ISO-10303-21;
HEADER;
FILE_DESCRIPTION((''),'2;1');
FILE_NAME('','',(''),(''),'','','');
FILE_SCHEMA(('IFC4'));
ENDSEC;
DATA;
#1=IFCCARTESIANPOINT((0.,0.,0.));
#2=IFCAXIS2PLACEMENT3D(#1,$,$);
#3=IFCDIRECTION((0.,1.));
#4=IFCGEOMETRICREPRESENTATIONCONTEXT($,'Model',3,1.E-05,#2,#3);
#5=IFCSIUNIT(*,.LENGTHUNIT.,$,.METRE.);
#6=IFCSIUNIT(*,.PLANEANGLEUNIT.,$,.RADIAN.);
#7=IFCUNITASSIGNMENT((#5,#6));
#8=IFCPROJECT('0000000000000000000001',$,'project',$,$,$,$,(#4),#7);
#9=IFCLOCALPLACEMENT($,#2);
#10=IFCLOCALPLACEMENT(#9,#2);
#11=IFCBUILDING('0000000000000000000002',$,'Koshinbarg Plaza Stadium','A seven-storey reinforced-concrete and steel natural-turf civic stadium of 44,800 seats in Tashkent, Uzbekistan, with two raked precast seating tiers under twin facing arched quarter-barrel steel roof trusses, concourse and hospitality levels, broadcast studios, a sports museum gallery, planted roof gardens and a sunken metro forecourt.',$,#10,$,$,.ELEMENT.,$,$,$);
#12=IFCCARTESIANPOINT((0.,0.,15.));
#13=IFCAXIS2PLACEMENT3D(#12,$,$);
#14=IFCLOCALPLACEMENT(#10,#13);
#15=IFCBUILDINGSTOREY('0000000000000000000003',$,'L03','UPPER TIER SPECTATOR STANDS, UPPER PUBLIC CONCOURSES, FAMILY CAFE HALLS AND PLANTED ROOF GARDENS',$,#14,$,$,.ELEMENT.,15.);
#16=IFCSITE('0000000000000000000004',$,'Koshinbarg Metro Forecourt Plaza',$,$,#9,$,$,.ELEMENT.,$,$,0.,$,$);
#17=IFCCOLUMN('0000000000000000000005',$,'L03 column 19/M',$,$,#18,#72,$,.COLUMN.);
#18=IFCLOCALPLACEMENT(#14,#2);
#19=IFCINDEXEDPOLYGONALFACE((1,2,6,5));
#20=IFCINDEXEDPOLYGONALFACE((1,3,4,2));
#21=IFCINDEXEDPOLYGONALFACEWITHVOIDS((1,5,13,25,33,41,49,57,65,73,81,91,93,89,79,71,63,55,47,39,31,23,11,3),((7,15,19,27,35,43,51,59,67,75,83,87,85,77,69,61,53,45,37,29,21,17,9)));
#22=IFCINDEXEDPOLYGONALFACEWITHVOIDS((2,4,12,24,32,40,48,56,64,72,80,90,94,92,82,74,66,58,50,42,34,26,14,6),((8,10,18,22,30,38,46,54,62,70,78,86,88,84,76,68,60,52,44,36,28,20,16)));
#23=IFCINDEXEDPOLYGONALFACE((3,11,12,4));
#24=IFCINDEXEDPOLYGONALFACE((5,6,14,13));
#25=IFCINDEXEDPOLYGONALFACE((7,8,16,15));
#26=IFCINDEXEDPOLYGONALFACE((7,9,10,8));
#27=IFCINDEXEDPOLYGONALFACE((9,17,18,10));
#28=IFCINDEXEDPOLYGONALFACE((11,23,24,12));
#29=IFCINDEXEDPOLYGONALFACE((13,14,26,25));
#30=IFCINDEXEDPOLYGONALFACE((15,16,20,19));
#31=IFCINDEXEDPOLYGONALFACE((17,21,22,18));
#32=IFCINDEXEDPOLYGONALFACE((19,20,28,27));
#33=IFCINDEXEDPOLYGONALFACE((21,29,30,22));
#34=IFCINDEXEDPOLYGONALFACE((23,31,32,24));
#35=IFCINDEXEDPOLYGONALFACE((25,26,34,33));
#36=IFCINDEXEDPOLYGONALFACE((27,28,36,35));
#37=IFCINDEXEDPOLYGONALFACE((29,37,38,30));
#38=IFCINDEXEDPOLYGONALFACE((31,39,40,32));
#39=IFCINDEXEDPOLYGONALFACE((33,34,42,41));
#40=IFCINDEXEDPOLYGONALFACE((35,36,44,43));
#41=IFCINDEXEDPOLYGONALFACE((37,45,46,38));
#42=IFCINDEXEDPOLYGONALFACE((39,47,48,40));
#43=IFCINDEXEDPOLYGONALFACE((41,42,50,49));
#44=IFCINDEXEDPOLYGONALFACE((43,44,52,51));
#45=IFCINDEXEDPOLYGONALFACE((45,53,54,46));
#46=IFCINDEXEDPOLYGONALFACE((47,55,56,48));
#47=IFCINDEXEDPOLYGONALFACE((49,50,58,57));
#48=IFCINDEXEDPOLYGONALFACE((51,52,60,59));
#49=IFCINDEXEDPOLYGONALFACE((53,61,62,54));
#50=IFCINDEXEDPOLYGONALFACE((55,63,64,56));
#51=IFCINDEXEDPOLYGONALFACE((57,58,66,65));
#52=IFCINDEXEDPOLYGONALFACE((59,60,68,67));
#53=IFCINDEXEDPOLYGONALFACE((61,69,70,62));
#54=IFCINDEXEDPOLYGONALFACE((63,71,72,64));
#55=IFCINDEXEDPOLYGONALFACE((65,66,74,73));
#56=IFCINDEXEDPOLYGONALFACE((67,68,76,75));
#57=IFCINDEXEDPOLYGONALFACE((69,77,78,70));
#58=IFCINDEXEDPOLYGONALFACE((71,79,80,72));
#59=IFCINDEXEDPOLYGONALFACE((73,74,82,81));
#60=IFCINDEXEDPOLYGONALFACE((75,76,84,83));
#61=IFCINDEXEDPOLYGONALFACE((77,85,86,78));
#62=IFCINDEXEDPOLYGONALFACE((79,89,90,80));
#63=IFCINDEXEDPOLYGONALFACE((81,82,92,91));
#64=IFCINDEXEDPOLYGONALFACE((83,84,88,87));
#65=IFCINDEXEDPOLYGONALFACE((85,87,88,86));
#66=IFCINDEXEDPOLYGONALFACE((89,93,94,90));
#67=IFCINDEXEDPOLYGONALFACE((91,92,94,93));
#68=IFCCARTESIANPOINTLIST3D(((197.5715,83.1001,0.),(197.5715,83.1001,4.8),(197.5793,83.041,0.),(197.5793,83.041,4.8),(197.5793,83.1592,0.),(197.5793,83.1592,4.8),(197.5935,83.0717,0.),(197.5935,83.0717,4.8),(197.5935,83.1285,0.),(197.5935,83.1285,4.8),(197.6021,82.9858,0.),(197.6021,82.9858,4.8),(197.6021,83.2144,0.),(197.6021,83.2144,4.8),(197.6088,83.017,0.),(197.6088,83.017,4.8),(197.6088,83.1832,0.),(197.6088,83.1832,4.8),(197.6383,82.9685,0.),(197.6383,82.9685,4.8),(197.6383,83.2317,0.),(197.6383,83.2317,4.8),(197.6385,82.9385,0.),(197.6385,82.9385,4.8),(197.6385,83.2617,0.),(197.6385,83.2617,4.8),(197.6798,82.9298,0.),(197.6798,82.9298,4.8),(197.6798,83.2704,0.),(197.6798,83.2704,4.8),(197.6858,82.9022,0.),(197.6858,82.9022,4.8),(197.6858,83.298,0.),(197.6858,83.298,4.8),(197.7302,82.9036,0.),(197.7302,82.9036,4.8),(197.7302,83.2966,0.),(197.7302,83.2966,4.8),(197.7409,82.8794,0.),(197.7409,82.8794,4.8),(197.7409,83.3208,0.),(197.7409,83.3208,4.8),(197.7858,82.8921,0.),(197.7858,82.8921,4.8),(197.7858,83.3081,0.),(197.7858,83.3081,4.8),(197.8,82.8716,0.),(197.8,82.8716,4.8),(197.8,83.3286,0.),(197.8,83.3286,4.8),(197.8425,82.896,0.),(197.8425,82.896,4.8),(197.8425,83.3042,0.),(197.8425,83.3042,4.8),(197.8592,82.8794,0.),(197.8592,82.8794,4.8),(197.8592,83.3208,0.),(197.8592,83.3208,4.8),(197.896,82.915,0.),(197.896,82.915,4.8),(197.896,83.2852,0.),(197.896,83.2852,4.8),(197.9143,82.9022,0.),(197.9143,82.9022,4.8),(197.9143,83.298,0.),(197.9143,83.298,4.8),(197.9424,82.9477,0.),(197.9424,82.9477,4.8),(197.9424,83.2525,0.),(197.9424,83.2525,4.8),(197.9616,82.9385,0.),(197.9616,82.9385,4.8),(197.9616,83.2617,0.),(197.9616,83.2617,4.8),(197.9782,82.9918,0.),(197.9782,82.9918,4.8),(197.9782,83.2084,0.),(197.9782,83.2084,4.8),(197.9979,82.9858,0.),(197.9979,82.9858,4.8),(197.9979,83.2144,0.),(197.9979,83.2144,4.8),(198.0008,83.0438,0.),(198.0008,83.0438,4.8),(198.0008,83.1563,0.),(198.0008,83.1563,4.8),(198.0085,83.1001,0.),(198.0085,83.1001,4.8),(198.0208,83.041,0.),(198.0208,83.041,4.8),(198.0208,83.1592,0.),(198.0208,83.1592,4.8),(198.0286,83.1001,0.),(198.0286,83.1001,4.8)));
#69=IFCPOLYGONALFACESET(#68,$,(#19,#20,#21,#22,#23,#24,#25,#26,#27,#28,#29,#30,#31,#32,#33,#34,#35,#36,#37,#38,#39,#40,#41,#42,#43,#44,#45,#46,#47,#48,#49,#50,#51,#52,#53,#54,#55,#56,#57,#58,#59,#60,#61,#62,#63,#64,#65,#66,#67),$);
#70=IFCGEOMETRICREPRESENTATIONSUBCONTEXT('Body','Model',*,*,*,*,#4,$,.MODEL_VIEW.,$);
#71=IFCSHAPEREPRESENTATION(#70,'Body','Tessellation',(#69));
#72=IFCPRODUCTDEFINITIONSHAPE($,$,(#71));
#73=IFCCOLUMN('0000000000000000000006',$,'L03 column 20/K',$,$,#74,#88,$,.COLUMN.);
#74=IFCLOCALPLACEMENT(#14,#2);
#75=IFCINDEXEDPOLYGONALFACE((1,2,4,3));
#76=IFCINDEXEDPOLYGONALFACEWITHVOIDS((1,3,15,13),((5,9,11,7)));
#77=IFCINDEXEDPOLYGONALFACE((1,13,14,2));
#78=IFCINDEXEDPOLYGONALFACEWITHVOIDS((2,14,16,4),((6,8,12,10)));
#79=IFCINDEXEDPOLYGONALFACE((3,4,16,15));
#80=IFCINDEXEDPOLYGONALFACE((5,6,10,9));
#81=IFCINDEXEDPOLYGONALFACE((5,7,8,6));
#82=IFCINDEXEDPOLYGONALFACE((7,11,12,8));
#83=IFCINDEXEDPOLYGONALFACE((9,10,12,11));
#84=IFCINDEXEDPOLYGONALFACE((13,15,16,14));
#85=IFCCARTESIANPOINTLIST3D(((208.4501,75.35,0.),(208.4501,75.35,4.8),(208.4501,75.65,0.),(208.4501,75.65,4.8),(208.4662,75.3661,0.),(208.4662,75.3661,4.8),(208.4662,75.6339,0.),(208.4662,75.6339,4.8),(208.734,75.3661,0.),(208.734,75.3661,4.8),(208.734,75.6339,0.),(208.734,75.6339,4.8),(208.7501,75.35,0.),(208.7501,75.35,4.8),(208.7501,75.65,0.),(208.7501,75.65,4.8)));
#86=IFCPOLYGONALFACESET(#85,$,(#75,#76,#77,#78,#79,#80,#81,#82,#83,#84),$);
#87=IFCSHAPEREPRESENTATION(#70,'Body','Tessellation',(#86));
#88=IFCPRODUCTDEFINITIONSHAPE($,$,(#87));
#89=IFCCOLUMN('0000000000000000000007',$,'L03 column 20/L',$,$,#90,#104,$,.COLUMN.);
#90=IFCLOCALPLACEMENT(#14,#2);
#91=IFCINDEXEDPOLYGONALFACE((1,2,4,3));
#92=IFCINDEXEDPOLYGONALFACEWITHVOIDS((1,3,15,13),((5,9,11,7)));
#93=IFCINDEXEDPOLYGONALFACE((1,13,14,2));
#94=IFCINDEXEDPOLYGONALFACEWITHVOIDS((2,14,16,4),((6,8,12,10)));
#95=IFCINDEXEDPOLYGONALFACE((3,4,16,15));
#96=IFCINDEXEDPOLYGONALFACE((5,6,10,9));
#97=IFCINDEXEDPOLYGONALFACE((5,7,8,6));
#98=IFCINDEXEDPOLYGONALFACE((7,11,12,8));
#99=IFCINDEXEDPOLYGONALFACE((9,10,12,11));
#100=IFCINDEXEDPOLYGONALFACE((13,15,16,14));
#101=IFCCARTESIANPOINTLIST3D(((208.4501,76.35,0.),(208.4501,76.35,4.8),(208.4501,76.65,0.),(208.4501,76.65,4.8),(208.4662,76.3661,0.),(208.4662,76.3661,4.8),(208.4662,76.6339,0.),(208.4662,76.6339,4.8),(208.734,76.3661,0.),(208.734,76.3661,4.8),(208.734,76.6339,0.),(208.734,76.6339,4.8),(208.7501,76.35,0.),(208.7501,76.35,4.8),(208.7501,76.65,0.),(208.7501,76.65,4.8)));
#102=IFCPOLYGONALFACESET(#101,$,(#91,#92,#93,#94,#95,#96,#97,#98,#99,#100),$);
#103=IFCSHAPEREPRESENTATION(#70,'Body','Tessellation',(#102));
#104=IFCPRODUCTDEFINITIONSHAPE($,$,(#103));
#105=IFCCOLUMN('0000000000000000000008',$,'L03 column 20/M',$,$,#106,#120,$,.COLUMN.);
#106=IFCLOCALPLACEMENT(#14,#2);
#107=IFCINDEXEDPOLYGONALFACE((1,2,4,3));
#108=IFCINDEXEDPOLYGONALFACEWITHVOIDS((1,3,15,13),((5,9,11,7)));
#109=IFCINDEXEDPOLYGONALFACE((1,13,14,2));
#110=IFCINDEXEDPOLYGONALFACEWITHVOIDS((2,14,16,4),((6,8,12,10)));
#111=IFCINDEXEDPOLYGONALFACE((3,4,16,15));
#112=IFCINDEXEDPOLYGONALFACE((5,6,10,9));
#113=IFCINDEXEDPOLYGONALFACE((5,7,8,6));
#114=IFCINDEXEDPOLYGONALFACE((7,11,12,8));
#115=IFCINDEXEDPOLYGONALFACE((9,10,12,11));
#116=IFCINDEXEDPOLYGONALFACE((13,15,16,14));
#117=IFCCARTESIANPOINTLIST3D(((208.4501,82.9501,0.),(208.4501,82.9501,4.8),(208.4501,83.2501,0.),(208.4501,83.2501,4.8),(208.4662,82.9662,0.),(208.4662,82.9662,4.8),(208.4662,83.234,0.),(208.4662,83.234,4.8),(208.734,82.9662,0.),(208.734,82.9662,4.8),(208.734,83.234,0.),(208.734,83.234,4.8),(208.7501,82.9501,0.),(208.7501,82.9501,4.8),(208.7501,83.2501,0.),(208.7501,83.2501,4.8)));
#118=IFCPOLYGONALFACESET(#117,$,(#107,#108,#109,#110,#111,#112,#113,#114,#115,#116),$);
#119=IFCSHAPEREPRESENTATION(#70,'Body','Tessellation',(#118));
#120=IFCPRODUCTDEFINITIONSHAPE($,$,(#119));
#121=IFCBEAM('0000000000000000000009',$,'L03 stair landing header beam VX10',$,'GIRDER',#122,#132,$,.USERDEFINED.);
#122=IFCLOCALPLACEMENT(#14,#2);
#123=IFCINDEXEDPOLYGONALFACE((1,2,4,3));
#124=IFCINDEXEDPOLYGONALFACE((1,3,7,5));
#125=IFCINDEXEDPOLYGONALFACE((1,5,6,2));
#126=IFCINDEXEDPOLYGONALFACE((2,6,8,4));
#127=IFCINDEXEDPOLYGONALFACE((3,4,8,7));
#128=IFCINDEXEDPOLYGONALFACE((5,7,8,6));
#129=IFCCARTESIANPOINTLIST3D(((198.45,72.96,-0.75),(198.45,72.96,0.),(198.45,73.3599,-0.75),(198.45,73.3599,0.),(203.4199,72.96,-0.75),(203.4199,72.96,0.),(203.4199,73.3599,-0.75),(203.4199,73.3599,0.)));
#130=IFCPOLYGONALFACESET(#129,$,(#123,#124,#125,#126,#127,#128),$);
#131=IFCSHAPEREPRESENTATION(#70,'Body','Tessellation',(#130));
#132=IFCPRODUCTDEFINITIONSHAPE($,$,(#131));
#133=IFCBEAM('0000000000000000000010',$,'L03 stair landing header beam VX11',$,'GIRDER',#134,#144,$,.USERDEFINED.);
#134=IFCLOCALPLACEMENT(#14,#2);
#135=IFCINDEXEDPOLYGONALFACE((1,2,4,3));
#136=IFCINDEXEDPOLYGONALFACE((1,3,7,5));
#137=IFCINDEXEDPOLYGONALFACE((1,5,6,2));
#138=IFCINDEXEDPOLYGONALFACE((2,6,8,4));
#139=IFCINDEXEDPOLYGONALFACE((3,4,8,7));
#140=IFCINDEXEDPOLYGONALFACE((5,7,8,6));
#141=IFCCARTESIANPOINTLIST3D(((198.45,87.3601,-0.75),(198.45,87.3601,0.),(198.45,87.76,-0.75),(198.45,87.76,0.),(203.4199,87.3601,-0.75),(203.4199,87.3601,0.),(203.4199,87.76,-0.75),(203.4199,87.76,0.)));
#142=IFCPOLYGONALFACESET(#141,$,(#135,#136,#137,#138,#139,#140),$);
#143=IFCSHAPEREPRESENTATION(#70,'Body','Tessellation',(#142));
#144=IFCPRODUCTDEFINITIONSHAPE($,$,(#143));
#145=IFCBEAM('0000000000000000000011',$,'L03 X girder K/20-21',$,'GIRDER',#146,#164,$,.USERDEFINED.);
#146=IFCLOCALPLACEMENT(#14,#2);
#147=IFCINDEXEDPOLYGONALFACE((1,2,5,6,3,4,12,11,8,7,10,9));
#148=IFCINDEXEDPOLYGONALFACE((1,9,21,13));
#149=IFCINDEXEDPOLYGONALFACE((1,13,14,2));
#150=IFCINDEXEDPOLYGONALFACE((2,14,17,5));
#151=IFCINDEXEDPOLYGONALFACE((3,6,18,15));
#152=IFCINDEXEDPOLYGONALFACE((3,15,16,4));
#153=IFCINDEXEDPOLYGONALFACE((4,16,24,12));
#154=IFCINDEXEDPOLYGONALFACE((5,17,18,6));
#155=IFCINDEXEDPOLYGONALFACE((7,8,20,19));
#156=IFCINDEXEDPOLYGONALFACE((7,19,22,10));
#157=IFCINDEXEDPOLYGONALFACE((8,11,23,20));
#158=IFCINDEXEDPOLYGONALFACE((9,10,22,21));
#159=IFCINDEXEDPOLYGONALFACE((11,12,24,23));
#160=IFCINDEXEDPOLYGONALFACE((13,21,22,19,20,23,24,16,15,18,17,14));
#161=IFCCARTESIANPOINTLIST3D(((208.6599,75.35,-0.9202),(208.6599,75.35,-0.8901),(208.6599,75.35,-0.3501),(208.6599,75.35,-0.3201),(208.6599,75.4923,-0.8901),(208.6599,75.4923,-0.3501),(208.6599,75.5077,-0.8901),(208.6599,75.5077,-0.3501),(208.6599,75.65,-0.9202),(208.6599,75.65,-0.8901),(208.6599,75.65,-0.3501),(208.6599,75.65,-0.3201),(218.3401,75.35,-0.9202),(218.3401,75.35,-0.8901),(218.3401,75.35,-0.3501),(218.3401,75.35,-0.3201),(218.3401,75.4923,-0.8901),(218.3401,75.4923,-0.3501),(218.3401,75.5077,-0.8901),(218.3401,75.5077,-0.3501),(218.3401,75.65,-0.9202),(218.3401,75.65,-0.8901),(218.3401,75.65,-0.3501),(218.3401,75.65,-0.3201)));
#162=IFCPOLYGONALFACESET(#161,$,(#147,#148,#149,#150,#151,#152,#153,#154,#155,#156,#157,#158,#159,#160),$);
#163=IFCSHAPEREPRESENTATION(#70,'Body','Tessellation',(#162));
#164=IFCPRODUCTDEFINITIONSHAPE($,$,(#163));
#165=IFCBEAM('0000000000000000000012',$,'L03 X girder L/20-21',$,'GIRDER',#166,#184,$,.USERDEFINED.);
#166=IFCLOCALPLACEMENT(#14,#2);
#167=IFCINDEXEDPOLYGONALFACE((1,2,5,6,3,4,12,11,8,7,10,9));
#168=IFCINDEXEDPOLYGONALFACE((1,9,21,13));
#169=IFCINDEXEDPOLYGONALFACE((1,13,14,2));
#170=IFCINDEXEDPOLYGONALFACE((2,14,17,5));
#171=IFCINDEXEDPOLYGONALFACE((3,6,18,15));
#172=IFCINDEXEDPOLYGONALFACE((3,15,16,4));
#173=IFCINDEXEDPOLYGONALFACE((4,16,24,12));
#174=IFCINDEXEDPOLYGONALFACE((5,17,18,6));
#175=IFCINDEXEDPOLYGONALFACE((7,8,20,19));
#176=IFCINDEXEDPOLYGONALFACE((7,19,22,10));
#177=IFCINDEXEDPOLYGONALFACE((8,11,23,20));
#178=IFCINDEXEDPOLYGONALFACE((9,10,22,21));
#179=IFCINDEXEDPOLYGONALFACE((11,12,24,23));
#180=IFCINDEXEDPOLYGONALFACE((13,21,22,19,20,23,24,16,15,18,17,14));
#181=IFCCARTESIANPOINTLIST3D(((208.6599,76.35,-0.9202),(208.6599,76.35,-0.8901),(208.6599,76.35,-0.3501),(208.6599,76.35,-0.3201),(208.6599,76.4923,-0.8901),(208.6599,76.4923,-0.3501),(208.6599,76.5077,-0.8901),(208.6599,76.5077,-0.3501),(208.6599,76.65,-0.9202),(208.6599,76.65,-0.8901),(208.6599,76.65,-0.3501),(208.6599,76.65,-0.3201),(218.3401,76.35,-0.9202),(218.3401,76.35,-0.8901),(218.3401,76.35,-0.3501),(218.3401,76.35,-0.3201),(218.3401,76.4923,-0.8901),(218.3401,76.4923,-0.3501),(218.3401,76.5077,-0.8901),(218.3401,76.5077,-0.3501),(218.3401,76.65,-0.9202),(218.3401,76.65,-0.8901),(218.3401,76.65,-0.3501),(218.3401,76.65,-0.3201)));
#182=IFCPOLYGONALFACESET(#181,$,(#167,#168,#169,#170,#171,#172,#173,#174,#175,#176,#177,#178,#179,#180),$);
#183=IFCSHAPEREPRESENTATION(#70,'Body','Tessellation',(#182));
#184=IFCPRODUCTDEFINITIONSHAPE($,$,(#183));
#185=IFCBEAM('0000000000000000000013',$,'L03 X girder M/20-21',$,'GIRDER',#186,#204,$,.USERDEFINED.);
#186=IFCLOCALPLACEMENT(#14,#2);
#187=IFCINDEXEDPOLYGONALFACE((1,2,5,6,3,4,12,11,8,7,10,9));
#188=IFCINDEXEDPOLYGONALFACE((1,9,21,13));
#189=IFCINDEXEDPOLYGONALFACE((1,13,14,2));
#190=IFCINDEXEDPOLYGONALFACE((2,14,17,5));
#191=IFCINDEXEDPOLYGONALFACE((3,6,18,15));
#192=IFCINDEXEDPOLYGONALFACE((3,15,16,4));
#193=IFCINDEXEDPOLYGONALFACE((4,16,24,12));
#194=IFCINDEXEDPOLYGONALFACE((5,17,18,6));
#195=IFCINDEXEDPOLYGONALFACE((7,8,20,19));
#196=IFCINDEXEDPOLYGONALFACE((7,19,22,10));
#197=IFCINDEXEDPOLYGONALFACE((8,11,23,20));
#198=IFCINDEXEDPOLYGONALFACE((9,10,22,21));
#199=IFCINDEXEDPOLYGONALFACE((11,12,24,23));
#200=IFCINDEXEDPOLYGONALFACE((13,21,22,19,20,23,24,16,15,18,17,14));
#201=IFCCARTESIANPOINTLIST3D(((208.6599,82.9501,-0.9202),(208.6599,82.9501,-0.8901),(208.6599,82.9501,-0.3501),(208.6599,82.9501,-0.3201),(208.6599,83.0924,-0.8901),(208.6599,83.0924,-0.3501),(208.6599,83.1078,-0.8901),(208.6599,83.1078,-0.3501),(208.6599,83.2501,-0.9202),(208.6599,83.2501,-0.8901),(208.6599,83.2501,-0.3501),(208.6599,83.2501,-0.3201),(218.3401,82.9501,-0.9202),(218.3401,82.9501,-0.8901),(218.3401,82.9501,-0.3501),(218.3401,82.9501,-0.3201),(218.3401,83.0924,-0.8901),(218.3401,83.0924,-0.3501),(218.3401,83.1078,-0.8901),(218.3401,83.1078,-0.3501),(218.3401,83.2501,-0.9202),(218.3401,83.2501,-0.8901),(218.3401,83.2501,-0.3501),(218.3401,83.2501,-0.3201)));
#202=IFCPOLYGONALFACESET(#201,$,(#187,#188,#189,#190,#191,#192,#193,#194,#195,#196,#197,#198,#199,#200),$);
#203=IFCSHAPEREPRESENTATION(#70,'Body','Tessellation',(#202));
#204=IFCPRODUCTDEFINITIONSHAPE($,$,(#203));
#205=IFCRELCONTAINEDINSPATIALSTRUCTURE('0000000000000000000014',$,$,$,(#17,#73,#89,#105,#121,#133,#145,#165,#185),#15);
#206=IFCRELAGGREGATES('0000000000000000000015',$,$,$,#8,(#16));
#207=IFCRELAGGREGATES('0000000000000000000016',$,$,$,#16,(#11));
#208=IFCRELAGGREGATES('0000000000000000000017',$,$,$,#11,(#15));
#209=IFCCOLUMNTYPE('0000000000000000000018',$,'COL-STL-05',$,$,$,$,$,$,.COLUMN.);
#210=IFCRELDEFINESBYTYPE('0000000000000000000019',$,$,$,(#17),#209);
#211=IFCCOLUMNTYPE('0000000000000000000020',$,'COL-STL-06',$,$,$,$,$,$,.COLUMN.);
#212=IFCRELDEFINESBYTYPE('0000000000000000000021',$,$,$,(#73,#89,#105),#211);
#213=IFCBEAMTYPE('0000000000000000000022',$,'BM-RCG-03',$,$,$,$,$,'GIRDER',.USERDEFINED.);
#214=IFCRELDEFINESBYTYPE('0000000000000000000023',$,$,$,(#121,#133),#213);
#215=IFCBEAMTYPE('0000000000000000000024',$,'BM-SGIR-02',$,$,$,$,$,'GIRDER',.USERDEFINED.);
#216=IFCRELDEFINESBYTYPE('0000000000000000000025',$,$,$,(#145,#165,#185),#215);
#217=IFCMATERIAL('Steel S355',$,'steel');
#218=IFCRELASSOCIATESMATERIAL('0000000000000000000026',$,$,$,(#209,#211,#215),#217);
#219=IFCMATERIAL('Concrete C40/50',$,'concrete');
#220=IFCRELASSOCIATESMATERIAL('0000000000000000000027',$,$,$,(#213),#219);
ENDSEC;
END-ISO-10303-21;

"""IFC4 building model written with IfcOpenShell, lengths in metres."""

from ifc_helpers import new_model, si_unit, direction, frame, origin, origin_2d, place, context, subcontext, project, spatial, rectangle, hollow_rectangle, hollow_circle, i_section, extrude, material, material_profile, profile_set, type_object, element, save


model = new_model("IFC4")

# Units and contexts
model_context = context("Model", 3, precision=1e-05, world=origin(), true_north=direction((0.0, 1.0)))
body_context = subcontext(model_context, "Body", "Model", "MODEL_VIEW")
ifc_project = project(units=[si_unit("LENGTHUNIT", "METRE"), si_unit("PLANEANGLEUNIT", "RADIAN")], contexts=[model_context])

# Site, building, storey
site_placement = place(None, origin())
site = spatial("IfcSite", under=ifc_project, at=site_placement, Name="Koshinbarg Metro Forecourt Plaza", CompositionType="ELEMENT", RefElevation=0.0)
building_placement = place(site_placement, origin())
building = spatial("IfcBuilding", under=site, at=building_placement, Name="Koshinbarg Plaza Stadium", Description="A seven-storey reinforced-concrete and steel natural-turf civic stadium of 44,800 seats in Tashkent, Uzbekistan, with two raked precast seating tiers under twin facing arched quarter-barrel steel roof trusses, concourse and hospitality levels, broadcast studios, a sports museum gallery, planted roof gardens and a sunken metro forecourt.", CompositionType="ELEMENT")
storey_placement = place(building_placement, frame((0.0, 0.0, 15.0)))
storey = spatial("IfcBuildingStorey", under=building, at=storey_placement, Name="L03", Description="UPPER TIER SPECTATOR STANDS, UPPER PUBLIC CONCOURSES, FAMILY CAFE HALLS AND PLANTED ROOF GARDENS", CompositionType="ELEMENT", Elevation=15.0)

# Columns
ifc_material_1 = material(Name="Steel S355", Category="steel")
ifc_material_profile_1 = material_profile(ifc_material_1, hollow_circle(Radius=0.2285, WallThickness=0.02, at=origin_2d()), Name="CHS 457x20")
ifc_profile_set_1 = profile_set([ifc_material_profile_1], Name="Steel S355")
column_type_1 = type_object("IfcColumnType", Name="COL-STL-05", PredefinedType="COLUMN", material=ifc_profile_set_1)
column_placement = place(storey_placement, frame((197.8, 83.1001, 0.0), z_axis=(0.0, 0.0, 1.0), x_axis=(1.0, 0.0, 0.0)))
element("IfcColumn", 1, at=column_placement, inside=storey, type_object=column_type_1, Name="L03 column 19/M", PredefinedType="COLUMN", context=body_context, shape_type="SweptSolid", body=[
    extrude(hollow_circle(Radius=0.2285, WallThickness=0.02, at=origin_2d()), origin(), (0.0, 0.0, 1.0), 4.8),
])
ifc_material_profile_2 = material_profile(ifc_material_1, hollow_rectangle(XDim=0.3, YDim=0.3, WallThickness=0.0161, at=origin_2d()), Name="SHS 300x300x16")
ifc_profile_set_2 = profile_set([ifc_material_profile_2], Name="Steel S355")
column_type_2 = type_object("IfcColumnType", Name="COL-STL-06", PredefinedType="COLUMN", material=ifc_profile_set_2)
for number, where, z_axis, x_axis, name in (
    (2, (208.6001, 75.5, 0.0), (0.0, 0.0, 1.0), (1.0, 0.0, 0.0), "L03 column 20/K"),
    (3, (208.6001, 76.5, 0.0), (0.0, 0.0, 1.0), (1.0, 0.0, 0.0), "L03 column 20/L"),
    (4, (208.6001, 83.1001, 0.0), (0.0, 0.0, 1.0), (1.0, 0.0, 0.0), "L03 column 20/M"),
):
    element("IfcColumn", number, at=place(storey_placement, frame(where, z_axis=z_axis, x_axis=x_axis)), inside=storey, type_object=column_type_2, Name=name, PredefinedType="COLUMN", context=body_context, shape_type="SweptSolid", body=[
        extrude(hollow_rectangle(XDim=0.3, YDim=0.3, WallThickness=0.0161, at=origin_2d()), origin(), (0.0, 0.0, 1.0), 4.8),
    ])

# Beams
ifc_material_2 = material(Name="Concrete C40/50", Category="concrete")
ifc_material_profile_3 = material_profile(ifc_material_2, rectangle(XDim=0.3999, YDim=0.75, at=origin_2d()), Name="RC 400x750")
ifc_profile_set_3 = profile_set([ifc_material_profile_3], Name="Concrete C40/50")
beam_type_1 = type_object("IfcBeamType", Name="BM-RCG-03", ElementType="GIRDER", PredefinedType="USERDEFINED", material=ifc_profile_set_3)
for number, where, z_axis, x_axis, name in (
    (5, (198.45, 73.1599, -0.375), (1.0, 0.0, 0.0), (0.0, 1.0, 0.0), "L03 stair landing header beam VX10"),
    (6, (198.45, 87.5601, -0.375), (1.0, 0.0, 0.0), (0.0, 1.0, 0.0), "L03 stair landing header beam VX11"),
):
    element("IfcBeam", number, at=place(storey_placement, frame(where, z_axis=z_axis, x_axis=x_axis)), inside=storey, type_object=beam_type_1, Name=name, ObjectType="GIRDER", PredefinedType="USERDEFINED", context=body_context, shape_type="SweptSolid", body=[
        extrude(rectangle(XDim=0.3999, YDim=0.75, at=origin_2d()), origin(), (0.0, 0.0, 1.0), 4.97),
    ])
ifc_material_profile_4 = material_profile(ifc_material_1, i_section(OverallWidth=0.3, OverallDepth=0.6001, WebThickness=0.0154, FlangeThickness=0.03, at=origin_2d()), Name="HEB 600")
ifc_profile_set_4 = profile_set([ifc_material_profile_4], Name="Steel S355")
beam_type_2 = type_object("IfcBeamType", Name="BM-SGIR-02", ElementType="GIRDER", PredefinedType="USERDEFINED", material=ifc_profile_set_4)
for number, where, z_axis, x_axis, name in (
    (7, (208.6599, 75.5, -0.6201), (1.0, 0.0, 0.0), (0.0, 1.0, 0.0), "L03 X girder K/20-21"),
    (8, (208.6599, 76.5, -0.6201), (1.0, 0.0, 0.0), (0.0, 1.0, 0.0), "L03 X girder L/20-21"),
    (9, (208.6599, 83.1001, -0.6201), (1.0, 0.0, 0.0), (0.0, 1.0, 0.0), "L03 X girder M/20-21"),
):
    element("IfcBeam", number, at=place(storey_placement, frame(where, z_axis=z_axis, x_axis=x_axis)), inside=storey, type_object=beam_type_2, Name=name, ObjectType="GIRDER", PredefinedType="USERDEFINED", context=body_context, shape_type="SweptSolid", body=[
        extrude(i_section(OverallWidth=0.3, OverallDepth=0.6001, WebThickness=0.0154, FlangeThickness=0.03, at=origin_2d()), origin(), (0.0, 0.0, 1.0), 9.6802),
    ])

save(model, "model.ifc")
